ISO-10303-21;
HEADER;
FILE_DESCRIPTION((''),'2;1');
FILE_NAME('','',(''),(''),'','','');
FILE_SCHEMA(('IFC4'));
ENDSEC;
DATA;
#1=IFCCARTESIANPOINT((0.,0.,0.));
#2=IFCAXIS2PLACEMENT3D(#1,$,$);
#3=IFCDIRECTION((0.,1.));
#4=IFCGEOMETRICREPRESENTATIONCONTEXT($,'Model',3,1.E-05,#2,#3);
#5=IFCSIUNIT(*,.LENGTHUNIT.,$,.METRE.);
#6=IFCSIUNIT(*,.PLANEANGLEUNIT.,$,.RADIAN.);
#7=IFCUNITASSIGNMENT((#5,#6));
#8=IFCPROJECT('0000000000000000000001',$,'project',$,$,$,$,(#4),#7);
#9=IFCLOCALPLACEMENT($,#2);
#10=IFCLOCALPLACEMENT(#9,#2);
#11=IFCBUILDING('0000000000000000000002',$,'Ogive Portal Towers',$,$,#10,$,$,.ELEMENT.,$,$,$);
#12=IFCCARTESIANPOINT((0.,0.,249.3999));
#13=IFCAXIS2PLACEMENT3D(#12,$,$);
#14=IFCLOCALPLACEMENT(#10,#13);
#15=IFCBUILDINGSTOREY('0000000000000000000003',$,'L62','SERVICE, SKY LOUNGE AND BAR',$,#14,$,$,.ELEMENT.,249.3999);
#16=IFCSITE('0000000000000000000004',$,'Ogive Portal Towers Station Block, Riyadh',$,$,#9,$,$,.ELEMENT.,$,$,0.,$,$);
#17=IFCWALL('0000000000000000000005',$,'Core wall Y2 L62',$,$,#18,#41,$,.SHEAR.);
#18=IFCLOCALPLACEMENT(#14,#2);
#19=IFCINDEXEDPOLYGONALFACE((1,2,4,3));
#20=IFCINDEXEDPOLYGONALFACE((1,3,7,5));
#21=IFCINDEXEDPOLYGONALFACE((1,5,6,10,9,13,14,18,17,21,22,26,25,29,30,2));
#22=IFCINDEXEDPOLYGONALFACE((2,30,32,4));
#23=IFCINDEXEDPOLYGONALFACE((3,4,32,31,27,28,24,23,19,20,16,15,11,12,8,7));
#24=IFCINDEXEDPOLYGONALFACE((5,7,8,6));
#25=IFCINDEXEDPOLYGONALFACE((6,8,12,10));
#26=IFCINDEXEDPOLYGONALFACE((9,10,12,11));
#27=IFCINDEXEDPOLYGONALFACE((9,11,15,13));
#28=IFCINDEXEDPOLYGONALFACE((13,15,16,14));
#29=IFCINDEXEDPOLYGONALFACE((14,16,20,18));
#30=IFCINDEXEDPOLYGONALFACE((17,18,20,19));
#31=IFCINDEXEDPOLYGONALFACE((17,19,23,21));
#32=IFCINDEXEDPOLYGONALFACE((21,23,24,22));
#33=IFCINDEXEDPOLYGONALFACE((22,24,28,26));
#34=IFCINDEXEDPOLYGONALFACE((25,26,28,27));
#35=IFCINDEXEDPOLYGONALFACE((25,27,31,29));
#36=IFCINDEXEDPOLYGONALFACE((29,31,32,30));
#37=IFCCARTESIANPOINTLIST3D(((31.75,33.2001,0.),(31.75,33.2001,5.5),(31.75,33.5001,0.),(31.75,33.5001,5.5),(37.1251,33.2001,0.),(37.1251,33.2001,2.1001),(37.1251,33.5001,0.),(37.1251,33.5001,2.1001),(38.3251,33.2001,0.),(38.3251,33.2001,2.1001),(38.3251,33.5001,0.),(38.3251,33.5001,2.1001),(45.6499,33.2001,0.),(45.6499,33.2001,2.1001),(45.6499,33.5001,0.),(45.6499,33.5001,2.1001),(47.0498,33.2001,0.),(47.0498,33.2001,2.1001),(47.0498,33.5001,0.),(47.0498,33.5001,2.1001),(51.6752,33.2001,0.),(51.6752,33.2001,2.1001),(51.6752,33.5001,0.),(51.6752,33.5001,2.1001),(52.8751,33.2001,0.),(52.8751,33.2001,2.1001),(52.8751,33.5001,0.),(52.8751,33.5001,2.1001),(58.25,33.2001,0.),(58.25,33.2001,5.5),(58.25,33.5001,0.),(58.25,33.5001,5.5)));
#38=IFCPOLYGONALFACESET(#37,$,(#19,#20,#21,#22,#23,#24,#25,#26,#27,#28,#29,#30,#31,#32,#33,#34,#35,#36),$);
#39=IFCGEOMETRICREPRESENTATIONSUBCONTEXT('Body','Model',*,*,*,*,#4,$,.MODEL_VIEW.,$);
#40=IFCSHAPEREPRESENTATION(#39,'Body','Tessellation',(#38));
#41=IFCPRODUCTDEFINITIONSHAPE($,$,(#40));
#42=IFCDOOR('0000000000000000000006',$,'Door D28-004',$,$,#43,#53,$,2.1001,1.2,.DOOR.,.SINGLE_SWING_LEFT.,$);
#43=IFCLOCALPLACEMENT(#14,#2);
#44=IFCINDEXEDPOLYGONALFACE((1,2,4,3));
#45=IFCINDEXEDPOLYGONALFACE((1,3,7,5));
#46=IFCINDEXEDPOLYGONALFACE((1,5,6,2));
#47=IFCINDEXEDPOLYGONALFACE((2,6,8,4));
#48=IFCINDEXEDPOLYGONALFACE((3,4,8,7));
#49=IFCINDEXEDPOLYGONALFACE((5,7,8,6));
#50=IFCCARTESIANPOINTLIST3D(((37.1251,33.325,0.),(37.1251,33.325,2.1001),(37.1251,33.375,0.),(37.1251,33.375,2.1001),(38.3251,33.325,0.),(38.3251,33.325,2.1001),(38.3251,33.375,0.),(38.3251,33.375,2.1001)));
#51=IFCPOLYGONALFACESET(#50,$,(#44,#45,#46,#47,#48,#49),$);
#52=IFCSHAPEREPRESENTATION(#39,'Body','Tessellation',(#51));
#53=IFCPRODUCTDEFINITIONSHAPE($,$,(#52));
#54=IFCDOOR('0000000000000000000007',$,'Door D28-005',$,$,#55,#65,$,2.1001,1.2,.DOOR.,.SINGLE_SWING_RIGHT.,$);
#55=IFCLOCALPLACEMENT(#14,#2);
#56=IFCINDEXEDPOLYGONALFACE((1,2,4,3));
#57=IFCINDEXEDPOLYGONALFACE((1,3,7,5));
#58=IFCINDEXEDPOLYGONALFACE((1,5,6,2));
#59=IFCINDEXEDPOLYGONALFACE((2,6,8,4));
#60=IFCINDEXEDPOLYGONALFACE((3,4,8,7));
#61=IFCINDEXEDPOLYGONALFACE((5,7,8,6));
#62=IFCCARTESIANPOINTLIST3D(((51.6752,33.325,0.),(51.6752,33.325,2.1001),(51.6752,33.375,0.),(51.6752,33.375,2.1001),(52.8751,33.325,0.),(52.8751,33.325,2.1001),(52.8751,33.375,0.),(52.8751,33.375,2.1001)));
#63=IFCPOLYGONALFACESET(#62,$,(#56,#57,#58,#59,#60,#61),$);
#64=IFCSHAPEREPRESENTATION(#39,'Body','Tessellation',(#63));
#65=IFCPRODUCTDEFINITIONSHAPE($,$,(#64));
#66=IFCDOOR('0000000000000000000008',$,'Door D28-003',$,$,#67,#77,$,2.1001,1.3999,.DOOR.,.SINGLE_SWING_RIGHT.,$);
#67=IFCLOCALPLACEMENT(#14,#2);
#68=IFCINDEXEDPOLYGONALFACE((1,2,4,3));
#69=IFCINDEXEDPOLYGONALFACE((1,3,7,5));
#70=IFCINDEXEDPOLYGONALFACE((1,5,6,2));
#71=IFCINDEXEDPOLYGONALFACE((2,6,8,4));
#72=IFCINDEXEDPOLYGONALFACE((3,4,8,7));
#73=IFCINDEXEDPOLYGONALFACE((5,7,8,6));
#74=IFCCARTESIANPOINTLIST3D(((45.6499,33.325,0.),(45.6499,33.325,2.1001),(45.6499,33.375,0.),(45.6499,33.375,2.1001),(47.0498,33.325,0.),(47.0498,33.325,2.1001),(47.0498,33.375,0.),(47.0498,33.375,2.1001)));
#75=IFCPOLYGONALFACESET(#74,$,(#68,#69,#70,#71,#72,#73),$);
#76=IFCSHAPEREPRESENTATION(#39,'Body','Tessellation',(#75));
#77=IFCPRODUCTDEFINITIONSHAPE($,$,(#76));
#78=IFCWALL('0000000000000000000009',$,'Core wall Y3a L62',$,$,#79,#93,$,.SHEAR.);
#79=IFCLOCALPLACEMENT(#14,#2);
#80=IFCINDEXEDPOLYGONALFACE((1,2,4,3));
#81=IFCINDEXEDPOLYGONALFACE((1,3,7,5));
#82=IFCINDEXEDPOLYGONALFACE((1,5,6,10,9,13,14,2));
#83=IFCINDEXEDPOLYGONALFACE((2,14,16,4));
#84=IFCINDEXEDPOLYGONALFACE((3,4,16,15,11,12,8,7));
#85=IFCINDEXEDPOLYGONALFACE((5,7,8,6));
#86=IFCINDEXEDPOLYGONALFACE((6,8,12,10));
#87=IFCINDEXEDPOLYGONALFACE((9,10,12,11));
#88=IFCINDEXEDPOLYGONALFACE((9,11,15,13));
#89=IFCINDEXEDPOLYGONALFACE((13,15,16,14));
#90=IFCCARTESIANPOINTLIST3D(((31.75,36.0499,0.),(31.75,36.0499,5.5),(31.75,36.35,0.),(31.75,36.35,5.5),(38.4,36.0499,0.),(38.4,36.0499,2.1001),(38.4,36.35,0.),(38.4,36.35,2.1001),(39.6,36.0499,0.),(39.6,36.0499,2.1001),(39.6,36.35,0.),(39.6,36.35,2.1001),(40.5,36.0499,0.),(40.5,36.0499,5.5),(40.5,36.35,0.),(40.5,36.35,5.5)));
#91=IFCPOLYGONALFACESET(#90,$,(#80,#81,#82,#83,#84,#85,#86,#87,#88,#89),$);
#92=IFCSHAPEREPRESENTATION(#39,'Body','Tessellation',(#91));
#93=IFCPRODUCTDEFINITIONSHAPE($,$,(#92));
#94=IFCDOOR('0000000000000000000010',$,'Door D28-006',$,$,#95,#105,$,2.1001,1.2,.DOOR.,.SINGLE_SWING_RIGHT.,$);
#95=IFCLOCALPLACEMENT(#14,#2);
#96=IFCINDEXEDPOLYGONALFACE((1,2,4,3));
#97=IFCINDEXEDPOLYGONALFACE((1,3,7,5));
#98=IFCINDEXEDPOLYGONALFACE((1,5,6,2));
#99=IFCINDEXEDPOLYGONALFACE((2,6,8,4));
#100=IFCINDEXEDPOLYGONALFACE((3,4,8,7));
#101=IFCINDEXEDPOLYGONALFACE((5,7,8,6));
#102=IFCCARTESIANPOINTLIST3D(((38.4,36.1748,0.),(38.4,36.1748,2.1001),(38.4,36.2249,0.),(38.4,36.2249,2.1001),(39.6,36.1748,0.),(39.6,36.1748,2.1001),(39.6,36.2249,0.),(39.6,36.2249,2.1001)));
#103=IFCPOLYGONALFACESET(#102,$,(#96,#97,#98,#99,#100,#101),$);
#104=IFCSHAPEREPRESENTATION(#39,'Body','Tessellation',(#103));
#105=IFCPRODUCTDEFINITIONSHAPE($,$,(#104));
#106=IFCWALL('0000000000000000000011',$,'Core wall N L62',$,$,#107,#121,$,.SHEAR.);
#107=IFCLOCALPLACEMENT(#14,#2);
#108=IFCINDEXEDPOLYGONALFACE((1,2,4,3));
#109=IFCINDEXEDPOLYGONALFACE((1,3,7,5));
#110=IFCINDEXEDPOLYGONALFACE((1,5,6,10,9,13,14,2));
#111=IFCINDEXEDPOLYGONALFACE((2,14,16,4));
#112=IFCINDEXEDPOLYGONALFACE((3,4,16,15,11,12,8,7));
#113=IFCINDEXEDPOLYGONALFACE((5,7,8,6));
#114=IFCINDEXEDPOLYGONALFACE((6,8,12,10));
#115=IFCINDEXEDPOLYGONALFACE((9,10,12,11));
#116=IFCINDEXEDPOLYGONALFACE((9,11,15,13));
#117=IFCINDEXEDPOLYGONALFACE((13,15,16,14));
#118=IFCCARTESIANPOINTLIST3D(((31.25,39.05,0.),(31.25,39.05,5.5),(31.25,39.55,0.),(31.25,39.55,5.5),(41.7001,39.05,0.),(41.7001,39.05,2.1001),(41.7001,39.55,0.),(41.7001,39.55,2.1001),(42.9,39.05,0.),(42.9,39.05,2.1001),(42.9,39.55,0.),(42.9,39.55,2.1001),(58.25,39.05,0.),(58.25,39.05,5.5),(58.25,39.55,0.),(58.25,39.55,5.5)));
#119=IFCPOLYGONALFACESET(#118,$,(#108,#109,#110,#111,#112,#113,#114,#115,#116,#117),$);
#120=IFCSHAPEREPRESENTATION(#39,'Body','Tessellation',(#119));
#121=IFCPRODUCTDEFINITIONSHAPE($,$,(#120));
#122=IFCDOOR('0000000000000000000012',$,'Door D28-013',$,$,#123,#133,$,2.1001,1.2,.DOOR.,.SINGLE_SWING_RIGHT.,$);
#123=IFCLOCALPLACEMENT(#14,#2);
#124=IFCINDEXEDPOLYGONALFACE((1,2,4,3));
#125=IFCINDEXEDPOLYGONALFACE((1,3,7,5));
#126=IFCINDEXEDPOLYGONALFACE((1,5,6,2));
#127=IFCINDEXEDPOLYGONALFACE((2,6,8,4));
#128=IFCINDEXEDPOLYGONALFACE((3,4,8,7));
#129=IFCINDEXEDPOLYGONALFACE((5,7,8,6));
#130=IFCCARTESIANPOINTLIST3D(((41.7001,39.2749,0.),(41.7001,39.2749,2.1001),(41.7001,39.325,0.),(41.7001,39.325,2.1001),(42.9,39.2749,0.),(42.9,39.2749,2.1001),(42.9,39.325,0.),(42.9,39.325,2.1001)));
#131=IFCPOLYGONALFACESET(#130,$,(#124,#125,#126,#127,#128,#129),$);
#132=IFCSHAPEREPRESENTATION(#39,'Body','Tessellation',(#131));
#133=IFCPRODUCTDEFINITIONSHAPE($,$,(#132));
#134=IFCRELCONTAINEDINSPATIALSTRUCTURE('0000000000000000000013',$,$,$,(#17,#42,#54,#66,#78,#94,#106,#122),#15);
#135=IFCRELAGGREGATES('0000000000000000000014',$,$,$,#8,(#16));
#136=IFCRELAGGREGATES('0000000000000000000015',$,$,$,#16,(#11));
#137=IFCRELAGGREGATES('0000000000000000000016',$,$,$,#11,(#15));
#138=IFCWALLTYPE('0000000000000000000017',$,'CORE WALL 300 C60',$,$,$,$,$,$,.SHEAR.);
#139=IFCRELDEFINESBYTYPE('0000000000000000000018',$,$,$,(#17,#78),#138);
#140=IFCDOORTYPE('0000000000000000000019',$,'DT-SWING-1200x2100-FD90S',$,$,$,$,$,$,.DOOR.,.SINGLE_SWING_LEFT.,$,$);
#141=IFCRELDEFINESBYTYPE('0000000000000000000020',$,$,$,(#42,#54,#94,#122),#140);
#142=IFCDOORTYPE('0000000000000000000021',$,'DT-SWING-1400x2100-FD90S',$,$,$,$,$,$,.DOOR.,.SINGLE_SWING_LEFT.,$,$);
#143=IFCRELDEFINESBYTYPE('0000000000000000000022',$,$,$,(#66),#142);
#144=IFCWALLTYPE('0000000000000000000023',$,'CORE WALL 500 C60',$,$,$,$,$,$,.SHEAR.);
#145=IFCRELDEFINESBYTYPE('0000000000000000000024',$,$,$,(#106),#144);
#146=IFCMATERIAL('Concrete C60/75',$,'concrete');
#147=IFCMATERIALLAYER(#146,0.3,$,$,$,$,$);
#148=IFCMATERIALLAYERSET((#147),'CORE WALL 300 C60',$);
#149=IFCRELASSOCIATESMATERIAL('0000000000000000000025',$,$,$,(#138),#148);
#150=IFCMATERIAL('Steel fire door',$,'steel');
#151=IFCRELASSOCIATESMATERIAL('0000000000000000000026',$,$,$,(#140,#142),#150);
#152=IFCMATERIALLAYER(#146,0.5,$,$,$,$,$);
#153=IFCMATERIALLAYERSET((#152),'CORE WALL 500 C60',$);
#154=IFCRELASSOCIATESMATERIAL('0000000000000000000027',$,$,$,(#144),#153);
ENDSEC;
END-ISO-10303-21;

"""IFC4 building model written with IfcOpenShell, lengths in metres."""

from ifc_helpers import new_model, si_unit, direction, frame, frame_2d, origin, place, context, subcontext, project, spatial, rectangle, extrude, material, layer, layer_set, type_object, element, fill, save


model = new_model("IFC4")

# Units and contexts
model_context = context("Model", 3, precision=1e-05, world=origin(), true_north=direction((0.0, 1.0)))
body_context = subcontext(model_context, "Body", "Model", "MODEL_VIEW")
ifc_project = project(units=[si_unit("LENGTHUNIT", "METRE"), si_unit("PLANEANGLEUNIT", "RADIAN")], contexts=[model_context])

# Site, building, storey
site_placement = place(None, origin())
site = spatial("IfcSite", under=ifc_project, at=site_placement, Name="Ogive Portal Towers Station Block, Riyadh", CompositionType="ELEMENT", RefElevation=0.0)
building_placement = place(site_placement, origin())
building = spatial("IfcBuilding", under=site, at=building_placement, Name="Ogive Portal Towers", CompositionType="ELEMENT")
storey_placement = place(building_placement, frame((0.0, 0.0, 249.3999)))
storey = spatial("IfcBuildingStorey", under=building, at=storey_placement, Name="L62", Description="SERVICE, SKY LOUNGE AND BAR", CompositionType="ELEMENT", Elevation=249.3999)

# Wall, openings, doors
ifc_material_1 = material(Name="Concrete C60/75", Category="concrete")
ifc_layer_1 = layer(ifc_material_1, 0.3)
ifc_layer_set_1 = layer_set([ifc_layer_1], Name="CORE WALL 300 C60")
wall_type_1 = type_object("IfcWallType", Name="CORE WALL 300 C60", PredefinedType="SHEAR", material=ifc_layer_set_1)
ifc_material_2 = material(Name="Steel fire door", Category="steel")
wall_1_placement = place(storey_placement, frame((31.75, 33.3501, 0.0), z_axis=(0.0, 0.0, 1.0), x_axis=(1.0, 0.0, 0.0)))
wall_1 = element("IfcWall", 1, at=wall_1_placement, inside=storey, type_object=wall_type_1, Name="Core wall Y2 L62", PredefinedType="SHEAR", context=body_context, shape_type="SweptSolid", body=[
    extrude(rectangle(XDim=26.5, YDim=0.3, at=frame_2d((13.25, 0.0))), origin(), (0.0, 0.0, 1.0), 5.5),
])
opening_1_placement = place(wall_1_placement, frame((13.8999, 0.0, 0.0)))
opening_1 = element("IfcOpeningElement", 2, at=opening_1_placement, cuts=wall_1, PredefinedType="OPENING", context=body_context, shape_type="SweptSolid", body=[
    extrude(rectangle(XDim=1.3999, YDim=2.1001, at=frame_2d((0.7, 1.05))), frame((0.0, 0.1602, 0.0), z_axis=(0.0, -1.0, 0.0), x_axis=(1.0, 0.0, 0.0)), (0.0, 0.0, 1.0), 0.3201),
])
opening_2_placement = place(wall_1_placement, frame((5.375, 0.0, 0.0)))
opening_2 = element("IfcOpeningElement", 3, at=opening_2_placement, cuts=wall_1, PredefinedType="OPENING", context=body_context, shape_type="SweptSolid", body=[
    extrude(rectangle(XDim=1.2, YDim=2.1001, at=frame_2d((0.6001, 1.05))), frame((0.0, 0.1602, 0.0), z_axis=(0.0, -1.0, 0.0), x_axis=(1.0, 0.0, 0.0)), (0.0, 0.0, 1.0), 0.3201),
])
opening_3_placement = place(wall_1_placement, frame((19.925, 0.0, 0.0)))
opening_3 = element("IfcOpeningElement", 4, at=opening_3_placement, cuts=wall_1, PredefinedType="OPENING", context=body_context, shape_type="SweptSolid", body=[
    extrude(rectangle(XDim=1.2, YDim=2.1001, at=frame_2d((0.6001, 1.05))), frame((0.0, 0.1602, 0.0), z_axis=(0.0, -1.0, 0.0), x_axis=(1.0, 0.0, 0.0)), (0.0, 0.0, 1.0), 0.3201),
])
door_type_1 = type_object("IfcDoorType", Name="DT-SWING-1200x2100-FD90S", OperationType="SINGLE_SWING_LEFT", PredefinedType="DOOR", material=ifc_material_2)
door_1_placement = place(opening_2_placement, origin())
door_1 = element("IfcDoor", 5, at=door_1_placement, inside=storey, type_object=door_type_1, Name="Door D28-004", OperationType="SINGLE_SWING_LEFT", OverallHeight=2.1001, OverallWidth=1.2, PredefinedType="DOOR", context=body_context, shape_type="SweptSolid", body=[
    extrude(rectangle(XDim=1.2, YDim=2.1001, at=frame_2d((0.6001, 1.05))), frame((0.0, 0.0249, 0.0), z_axis=(0.0, -1.0, 0.0), x_axis=(1.0, 0.0, 0.0)), (0.0, 0.0, 1.0), 0.05),
])
fill(opening_2, door_1)
door_2_placement = place(opening_3_placement, origin())
door_2 = element("IfcDoor", 6, at=door_2_placement, inside=storey, type_object=door_type_1, Name="Door D28-005", OperationType="SINGLE_SWING_RIGHT", OverallHeight=2.1001, OverallWidth=1.2, PredefinedType="DOOR", context=body_context, shape_type="SweptSolid", body=[
    extrude(rectangle(XDim=1.2, YDim=2.1001, at=frame_2d((0.6001, 1.05))), frame((0.0, 0.0249, 0.0), z_axis=(0.0, -1.0, 0.0), x_axis=(1.0, 0.0, 0.0)), (0.0, 0.0, 1.0), 0.05),
])
fill(opening_3, door_2)
door_type_2 = type_object("IfcDoorType", Name="DT-SWING-1400x2100-FD90S", OperationType="SINGLE_SWING_LEFT", PredefinedType="DOOR", material=ifc_material_2)
door_3_placement = place(opening_1_placement, origin())
door_3 = element("IfcDoor", 7, at=door_3_placement, inside=storey, type_object=door_type_2, Name="Door D28-003", OperationType="SINGLE_SWING_RIGHT", OverallHeight=2.1001, OverallWidth=1.3999, PredefinedType="DOOR", context=body_context, shape_type="SweptSolid", body=[
    extrude(rectangle(XDim=1.3999, YDim=2.1001, at=frame_2d((0.7, 1.05))), frame((0.0, 0.0249, 0.0), z_axis=(0.0, -1.0, 0.0), x_axis=(1.0, 0.0, 0.0)), (0.0, 0.0, 1.0), 0.05),
])
fill(opening_1, door_3)

# Walls, openings, doors
wall_2_placement = place(storey_placement, frame((31.75, 36.2, 0.0), z_axis=(0.0, 0.0, 1.0), x_axis=(1.0, 0.0, 0.0)))
wall_2 = element("IfcWall", 8, at=wall_2_placement, inside=storey, type_object=wall_type_1, Name="Core wall Y3a L62", PredefinedType="SHEAR", context=body_context, shape_type="SweptSolid", body=[
    extrude(rectangle(XDim=8.75, YDim=0.3, at=frame_2d((4.375, 0.0))), origin(), (0.0, 0.0, 1.0), 5.5),
])
opening_4_placement = place(wall_2_placement, frame((6.6499, 0.0, 0.0)))
opening_4 = element("IfcOpeningElement", 9, at=opening_4_placement, cuts=wall_2, PredefinedType="OPENING", context=body_context, shape_type="SweptSolid", body=[
    extrude(rectangle(XDim=1.2, YDim=2.1001, at=frame_2d((0.6001, 1.05))), frame((0.0, 0.1602, 0.0), z_axis=(0.0, -1.0, 0.0), x_axis=(1.0, 0.0, 0.0)), (0.0, 0.0, 1.0), 0.3201),
])
door_4_placement = place(opening_4_placement, origin())
door_4 = element("IfcDoor", 10, at=door_4_placement, inside=storey, type_object=door_type_1, Name="Door D28-006", OperationType="SINGLE_SWING_RIGHT", OverallHeight=2.1001, OverallWidth=1.2, PredefinedType="DOOR", context=body_context, shape_type="SweptSolid", body=[
    extrude(rectangle(XDim=1.2, YDim=2.1001, at=frame_2d((0.6001, 1.05))), frame((0.0, 0.0249, 0.0), z_axis=(0.0, -1.0, 0.0), x_axis=(1.0, 0.0, 0.0)), (0.0, 0.0, 1.0), 0.05),
])
fill(opening_4, door_4)
ifc_layer_2 = layer(ifc_material_1, 0.5)
ifc_layer_set_2 = layer_set([ifc_layer_2], Name="CORE WALL 500 C60")
wall_type_2 = type_object("IfcWallType", Name="CORE WALL 500 C60", PredefinedType="SHEAR", material=ifc_layer_set_2)
wall_3_placement = place(storey_placement, frame((31.25, 39.3, 0.0), z_axis=(0.0, 0.0, 1.0), x_axis=(1.0, 0.0, 0.0)))
wall_3 = element("IfcWall", 11, at=wall_3_placement, inside=storey, type_object=wall_type_2, Name="Core wall N L62", PredefinedType="SHEAR", context=body_context, shape_type="SweptSolid", body=[
    extrude(rectangle(XDim=27.0, YDim=0.5, at=frame_2d((13.5, 0.0))), origin(), (0.0, 0.0, 1.0), 5.5),
])
opening_5_placement = place(wall_3_placement, frame((10.45, 0.0, 0.0)))
opening_5 = element("IfcOpeningElement", 12, at=opening_5_placement, cuts=wall_3, PredefinedType="OPENING", context=body_context, shape_type="SweptSolid", body=[
    extrude(rectangle(XDim=1.2, YDim=2.1001, at=frame_2d((0.6001, 1.05))), frame((0.0, 0.26, 0.0), z_axis=(0.0, -1.0, 0.0), x_axis=(1.0, 0.0, 0.0)), (0.0, 0.0, 1.0), 0.52),
])
door_5_placement = place(opening_5_placement, origin())
door_5 = element("IfcDoor", 13, at=door_5_placement, inside=storey, type_object=door_type_1, Name="Door D28-013", OperationType="SINGLE_SWING_RIGHT", OverallHeight=2.1001, OverallWidth=1.2, PredefinedType="DOOR", context=body_context, shape_type="SweptSolid", body=[
    extrude(rectangle(XDim=1.2, YDim=2.1001, at=frame_2d((0.6001, 1.05))), frame((0.0, 0.0249, 0.0), z_axis=(0.0, -1.0, 0.0), x_axis=(1.0, 0.0, 0.0)), (0.0, 0.0, 1.0), 0.05),
])
fill(opening_5, door_5)

save(model, "model.ifc")
